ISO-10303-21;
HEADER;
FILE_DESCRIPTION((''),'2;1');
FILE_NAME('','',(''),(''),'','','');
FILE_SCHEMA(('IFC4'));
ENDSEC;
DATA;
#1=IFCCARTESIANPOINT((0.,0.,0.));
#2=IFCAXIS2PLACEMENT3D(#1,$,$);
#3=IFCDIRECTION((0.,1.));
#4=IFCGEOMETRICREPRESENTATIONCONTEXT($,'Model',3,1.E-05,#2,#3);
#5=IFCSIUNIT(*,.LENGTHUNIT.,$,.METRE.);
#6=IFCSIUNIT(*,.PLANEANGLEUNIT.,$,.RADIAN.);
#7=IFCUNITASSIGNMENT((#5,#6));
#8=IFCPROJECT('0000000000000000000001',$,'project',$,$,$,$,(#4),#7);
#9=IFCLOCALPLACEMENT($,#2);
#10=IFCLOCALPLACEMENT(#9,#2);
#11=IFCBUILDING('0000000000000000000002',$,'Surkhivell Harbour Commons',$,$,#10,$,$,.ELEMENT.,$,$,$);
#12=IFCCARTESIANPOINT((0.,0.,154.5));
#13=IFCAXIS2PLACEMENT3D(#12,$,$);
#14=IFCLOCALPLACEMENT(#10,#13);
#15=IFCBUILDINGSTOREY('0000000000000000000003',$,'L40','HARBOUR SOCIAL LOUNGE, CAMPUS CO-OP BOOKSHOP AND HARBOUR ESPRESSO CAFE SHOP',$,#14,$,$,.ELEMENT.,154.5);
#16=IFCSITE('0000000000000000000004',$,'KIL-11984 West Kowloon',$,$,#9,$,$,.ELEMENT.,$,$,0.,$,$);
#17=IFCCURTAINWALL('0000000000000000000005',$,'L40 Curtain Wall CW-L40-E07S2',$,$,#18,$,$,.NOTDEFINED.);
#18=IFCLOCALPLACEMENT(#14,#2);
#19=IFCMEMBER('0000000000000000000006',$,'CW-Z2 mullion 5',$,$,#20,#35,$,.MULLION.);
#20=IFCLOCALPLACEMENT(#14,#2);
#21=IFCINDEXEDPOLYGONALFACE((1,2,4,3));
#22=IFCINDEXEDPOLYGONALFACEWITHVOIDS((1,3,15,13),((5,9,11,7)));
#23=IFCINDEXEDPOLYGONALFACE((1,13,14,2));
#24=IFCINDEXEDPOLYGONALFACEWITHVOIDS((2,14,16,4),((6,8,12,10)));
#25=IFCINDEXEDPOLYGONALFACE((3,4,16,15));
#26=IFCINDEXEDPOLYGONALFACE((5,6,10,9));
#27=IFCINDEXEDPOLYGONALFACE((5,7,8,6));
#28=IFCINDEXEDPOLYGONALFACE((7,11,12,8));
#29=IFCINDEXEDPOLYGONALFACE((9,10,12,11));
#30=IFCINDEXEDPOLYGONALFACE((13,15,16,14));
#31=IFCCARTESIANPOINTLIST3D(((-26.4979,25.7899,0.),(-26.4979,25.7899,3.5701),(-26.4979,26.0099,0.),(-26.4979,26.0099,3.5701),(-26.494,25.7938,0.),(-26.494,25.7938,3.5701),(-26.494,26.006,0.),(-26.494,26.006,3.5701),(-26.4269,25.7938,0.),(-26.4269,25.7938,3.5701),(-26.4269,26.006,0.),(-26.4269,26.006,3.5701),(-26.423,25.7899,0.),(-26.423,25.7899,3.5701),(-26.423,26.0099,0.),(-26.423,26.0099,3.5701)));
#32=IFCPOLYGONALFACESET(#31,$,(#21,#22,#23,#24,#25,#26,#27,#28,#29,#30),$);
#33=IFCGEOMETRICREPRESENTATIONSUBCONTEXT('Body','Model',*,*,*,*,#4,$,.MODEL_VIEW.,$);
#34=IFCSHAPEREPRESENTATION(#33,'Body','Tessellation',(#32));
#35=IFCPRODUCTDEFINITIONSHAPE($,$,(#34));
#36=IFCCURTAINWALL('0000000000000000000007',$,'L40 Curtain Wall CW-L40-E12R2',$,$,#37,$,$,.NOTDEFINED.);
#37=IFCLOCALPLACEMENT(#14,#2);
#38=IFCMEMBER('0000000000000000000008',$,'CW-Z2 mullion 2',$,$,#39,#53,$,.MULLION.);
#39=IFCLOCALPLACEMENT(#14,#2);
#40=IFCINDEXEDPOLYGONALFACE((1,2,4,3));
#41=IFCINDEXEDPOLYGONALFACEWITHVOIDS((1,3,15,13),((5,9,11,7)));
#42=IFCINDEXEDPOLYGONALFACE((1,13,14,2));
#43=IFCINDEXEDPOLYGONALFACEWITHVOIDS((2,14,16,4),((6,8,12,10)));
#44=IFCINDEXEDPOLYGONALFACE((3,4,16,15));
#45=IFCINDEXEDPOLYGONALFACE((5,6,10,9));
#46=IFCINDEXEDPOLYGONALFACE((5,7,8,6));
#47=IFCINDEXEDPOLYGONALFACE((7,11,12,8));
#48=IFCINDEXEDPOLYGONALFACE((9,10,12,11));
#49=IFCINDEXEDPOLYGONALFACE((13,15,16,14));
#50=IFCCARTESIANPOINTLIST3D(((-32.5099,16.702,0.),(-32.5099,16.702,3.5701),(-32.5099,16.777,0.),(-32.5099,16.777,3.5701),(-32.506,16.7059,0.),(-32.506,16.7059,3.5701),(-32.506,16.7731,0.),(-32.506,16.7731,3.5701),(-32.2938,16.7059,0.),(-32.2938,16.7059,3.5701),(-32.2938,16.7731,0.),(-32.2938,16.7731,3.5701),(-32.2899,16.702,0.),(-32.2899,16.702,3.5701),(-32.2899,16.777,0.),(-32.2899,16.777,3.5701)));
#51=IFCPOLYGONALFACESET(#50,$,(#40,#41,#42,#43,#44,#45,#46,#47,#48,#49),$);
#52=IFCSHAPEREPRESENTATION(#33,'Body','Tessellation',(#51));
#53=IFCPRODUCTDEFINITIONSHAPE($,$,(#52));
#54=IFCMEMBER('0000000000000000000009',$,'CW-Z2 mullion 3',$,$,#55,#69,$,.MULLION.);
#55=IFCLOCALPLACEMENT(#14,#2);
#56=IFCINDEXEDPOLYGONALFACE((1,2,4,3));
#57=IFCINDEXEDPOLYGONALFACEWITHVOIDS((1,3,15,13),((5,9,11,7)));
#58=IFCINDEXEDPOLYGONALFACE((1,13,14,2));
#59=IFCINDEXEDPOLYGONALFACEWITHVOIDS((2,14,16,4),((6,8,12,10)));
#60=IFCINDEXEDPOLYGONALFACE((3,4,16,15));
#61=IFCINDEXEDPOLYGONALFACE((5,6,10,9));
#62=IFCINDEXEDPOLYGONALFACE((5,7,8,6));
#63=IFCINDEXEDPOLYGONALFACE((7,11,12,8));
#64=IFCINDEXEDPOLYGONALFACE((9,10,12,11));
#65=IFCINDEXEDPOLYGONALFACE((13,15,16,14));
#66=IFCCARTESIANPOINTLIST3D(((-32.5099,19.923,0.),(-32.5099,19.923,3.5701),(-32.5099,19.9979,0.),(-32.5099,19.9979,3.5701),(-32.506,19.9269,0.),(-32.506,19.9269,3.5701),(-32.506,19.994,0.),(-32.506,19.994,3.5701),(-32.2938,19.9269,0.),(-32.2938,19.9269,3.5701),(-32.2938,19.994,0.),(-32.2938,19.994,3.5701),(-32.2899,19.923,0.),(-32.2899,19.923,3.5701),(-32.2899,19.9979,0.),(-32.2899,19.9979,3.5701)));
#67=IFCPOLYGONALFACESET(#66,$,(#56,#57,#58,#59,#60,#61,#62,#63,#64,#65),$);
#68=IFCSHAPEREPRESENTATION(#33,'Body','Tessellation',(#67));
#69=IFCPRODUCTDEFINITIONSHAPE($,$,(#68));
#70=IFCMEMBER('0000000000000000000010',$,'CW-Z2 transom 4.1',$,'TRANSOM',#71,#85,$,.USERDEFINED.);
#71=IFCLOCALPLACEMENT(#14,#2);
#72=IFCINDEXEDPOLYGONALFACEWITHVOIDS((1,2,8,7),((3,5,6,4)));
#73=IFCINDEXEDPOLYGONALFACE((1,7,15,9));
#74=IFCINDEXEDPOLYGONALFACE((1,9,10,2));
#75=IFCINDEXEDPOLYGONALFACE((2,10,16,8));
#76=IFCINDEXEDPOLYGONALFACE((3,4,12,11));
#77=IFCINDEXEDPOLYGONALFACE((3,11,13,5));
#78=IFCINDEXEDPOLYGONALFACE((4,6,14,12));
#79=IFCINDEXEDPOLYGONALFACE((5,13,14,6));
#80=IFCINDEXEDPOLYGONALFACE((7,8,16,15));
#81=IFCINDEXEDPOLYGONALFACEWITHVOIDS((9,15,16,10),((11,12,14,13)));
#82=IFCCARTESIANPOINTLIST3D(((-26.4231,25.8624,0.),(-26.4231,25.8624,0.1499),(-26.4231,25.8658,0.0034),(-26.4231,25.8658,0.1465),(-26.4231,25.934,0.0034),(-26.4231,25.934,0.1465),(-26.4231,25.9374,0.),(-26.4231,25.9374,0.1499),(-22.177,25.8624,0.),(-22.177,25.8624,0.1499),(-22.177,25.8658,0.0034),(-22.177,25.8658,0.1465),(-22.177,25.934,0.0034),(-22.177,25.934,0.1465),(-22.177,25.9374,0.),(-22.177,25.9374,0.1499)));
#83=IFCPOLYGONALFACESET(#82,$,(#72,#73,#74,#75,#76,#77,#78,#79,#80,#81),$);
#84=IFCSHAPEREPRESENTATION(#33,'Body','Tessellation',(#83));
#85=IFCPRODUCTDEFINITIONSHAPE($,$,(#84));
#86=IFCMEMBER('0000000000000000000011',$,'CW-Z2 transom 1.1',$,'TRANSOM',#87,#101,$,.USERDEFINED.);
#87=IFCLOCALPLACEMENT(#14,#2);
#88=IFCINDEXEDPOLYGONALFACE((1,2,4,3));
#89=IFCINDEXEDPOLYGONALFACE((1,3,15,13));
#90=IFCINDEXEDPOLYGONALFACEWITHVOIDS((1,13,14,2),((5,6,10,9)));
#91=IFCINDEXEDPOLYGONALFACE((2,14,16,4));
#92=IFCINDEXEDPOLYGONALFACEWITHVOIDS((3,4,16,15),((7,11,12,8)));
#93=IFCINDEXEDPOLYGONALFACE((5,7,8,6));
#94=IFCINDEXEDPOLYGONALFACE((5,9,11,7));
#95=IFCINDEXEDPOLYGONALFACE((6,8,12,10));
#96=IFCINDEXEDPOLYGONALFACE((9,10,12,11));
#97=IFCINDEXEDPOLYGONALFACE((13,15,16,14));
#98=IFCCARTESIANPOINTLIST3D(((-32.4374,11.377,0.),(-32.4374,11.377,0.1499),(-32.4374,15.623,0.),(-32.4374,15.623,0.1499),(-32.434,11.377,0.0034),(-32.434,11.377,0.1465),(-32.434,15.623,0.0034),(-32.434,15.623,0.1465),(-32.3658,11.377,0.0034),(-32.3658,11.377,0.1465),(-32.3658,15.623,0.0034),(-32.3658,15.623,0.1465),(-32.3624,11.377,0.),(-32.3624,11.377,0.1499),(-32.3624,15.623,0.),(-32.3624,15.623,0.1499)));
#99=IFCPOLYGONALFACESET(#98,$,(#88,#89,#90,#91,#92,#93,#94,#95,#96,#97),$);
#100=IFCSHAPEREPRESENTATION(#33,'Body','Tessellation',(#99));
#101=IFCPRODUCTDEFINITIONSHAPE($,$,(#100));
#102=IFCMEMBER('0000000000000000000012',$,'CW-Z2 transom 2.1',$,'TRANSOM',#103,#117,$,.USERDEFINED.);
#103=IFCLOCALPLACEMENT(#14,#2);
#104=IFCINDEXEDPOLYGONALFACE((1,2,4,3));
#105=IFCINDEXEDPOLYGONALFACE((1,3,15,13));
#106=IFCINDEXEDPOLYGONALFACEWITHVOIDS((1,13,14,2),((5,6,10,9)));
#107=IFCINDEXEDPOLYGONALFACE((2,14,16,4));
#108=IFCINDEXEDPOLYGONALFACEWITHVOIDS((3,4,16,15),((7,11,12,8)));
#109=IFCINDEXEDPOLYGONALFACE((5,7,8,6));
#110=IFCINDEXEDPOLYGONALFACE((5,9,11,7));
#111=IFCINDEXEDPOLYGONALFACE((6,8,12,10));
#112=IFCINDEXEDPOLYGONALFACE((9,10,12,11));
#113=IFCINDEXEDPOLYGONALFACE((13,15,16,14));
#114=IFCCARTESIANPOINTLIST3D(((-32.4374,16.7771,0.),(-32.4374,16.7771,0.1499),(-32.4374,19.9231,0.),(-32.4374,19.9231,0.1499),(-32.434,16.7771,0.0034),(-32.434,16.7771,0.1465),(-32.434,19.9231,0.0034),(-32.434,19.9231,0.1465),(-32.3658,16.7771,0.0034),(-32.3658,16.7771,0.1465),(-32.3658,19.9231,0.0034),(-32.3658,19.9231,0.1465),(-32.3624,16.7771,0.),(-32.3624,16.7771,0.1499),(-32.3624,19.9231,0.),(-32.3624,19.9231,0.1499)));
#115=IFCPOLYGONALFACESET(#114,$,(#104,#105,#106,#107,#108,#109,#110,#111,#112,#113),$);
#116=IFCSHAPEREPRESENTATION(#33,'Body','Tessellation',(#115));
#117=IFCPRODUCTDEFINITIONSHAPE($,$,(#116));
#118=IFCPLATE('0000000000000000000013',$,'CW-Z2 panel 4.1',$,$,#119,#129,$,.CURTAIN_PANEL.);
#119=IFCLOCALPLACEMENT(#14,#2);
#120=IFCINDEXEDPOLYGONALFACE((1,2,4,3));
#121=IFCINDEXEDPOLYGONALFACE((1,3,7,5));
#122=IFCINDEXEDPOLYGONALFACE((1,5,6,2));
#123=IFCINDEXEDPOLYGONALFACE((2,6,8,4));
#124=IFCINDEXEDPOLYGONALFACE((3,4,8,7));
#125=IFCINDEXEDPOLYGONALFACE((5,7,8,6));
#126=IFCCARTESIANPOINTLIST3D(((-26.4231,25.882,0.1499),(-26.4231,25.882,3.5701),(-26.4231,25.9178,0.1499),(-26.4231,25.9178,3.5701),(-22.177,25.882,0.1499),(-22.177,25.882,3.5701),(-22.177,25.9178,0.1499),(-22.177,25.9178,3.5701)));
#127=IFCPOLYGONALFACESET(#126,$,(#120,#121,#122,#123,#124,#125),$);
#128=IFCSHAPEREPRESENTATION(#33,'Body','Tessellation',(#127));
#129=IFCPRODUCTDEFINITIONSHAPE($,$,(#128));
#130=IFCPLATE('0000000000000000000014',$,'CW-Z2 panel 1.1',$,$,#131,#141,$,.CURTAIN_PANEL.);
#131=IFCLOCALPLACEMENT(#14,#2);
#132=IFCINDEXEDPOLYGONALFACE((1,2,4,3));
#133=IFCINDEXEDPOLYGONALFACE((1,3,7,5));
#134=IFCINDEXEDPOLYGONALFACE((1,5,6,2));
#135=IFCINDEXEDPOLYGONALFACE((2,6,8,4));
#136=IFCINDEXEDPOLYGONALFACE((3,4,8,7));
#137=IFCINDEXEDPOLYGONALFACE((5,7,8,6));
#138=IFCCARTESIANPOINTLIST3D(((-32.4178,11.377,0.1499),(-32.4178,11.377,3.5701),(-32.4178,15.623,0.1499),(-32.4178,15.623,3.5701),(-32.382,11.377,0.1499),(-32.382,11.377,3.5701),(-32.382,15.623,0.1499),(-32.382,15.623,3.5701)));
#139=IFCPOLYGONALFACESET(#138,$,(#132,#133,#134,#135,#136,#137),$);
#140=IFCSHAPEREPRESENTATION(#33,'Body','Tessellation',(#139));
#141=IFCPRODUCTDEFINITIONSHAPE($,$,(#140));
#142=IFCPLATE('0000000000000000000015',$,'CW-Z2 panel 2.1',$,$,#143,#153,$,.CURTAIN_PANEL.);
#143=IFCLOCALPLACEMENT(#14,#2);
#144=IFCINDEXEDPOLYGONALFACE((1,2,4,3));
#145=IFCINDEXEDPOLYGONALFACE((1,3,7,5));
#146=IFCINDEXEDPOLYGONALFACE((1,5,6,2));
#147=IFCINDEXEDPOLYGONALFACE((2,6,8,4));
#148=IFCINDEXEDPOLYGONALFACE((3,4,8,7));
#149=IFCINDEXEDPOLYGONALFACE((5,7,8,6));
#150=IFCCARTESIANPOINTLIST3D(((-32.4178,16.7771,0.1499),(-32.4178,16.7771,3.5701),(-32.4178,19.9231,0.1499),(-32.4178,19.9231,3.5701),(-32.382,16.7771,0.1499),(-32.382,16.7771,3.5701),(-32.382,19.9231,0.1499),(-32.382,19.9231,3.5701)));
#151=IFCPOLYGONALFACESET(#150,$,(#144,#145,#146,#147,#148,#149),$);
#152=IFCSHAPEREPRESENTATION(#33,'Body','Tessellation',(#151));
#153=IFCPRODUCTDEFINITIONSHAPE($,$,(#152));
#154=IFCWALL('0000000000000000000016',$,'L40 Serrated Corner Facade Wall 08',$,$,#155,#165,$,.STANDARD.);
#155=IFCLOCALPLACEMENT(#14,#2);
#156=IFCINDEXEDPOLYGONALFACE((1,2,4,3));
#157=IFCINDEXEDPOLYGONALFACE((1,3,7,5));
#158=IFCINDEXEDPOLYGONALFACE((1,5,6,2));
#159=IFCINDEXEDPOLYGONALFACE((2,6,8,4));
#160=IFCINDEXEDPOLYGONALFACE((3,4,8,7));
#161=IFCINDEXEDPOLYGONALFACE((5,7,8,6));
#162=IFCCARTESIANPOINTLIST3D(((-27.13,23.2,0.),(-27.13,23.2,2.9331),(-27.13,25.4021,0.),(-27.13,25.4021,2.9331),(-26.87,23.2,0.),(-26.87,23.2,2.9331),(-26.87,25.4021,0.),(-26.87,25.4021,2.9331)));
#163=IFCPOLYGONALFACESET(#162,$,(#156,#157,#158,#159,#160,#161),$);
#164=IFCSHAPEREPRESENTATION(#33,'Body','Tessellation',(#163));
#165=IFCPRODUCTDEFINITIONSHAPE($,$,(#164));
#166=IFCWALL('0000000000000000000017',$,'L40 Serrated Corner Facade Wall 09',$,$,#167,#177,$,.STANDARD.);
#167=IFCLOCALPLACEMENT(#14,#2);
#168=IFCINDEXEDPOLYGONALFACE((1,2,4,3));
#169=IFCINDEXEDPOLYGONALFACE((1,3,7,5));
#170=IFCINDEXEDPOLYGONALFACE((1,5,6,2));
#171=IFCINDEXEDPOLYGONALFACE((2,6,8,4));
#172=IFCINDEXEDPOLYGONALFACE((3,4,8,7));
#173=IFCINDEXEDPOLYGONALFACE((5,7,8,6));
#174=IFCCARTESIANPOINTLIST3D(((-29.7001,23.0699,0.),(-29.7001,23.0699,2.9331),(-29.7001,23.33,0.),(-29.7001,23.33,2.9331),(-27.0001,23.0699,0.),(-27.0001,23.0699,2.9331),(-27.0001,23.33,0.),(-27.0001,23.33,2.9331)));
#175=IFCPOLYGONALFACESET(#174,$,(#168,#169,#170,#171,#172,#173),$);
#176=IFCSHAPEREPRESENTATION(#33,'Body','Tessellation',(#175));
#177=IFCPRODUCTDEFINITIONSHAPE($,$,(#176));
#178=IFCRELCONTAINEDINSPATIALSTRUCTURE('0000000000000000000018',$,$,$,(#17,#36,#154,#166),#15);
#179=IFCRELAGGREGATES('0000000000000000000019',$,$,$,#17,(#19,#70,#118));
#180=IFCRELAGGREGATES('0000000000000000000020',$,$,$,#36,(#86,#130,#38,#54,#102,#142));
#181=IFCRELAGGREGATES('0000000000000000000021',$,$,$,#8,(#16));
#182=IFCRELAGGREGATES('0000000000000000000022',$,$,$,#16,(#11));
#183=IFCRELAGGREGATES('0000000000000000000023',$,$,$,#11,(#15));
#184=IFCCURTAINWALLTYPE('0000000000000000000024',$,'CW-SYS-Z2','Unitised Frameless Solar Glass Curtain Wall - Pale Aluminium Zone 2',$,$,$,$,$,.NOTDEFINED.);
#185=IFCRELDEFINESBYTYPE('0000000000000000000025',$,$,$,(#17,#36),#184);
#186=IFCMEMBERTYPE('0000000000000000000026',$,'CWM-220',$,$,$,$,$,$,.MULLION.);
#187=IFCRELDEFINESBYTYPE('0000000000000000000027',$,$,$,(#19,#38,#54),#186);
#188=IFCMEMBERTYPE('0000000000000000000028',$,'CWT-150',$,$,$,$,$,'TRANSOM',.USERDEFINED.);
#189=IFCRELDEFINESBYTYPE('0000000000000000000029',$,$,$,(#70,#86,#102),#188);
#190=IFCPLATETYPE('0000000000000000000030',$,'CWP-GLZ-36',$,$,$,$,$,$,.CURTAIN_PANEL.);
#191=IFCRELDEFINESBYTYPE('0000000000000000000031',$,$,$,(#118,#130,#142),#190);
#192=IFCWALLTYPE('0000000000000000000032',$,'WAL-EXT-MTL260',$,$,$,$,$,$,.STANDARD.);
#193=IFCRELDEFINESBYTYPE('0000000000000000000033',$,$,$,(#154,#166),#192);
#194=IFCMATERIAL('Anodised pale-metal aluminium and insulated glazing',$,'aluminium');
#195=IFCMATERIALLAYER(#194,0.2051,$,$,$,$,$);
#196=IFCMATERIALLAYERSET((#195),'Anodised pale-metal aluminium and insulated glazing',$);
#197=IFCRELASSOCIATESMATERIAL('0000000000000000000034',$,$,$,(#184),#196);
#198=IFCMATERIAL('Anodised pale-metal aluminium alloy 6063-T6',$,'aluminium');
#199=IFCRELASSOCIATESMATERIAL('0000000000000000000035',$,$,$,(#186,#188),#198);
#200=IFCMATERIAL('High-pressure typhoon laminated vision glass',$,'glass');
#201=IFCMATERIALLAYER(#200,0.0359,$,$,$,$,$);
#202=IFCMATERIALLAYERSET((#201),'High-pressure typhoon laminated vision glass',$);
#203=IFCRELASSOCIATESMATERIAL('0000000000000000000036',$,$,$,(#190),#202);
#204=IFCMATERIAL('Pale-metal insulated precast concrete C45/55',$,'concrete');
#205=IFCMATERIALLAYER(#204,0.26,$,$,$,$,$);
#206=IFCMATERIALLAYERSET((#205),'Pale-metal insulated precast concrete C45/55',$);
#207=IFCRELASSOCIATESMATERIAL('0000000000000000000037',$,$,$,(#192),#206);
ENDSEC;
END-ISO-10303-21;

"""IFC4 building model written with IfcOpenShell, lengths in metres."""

from ifc_helpers import new_model, si_unit, direction, frame, frame_2d, origin, origin_2d, place, context, subcontext, project, spatial, rectangle, hollow_rectangle, extrude, material, layer, layer_set, material_profile, profile_set, type_object, element, aggregate, save


model = new_model("IFC4")

# Units and contexts
model_context = context("Model", 3, precision=1e-05, world=origin(), true_north=direction((0.0, 1.0)))
body_context = subcontext(model_context, "Body", "Model", "MODEL_VIEW")
ifc_project = project(units=[si_unit("LENGTHUNIT", "METRE"), si_unit("PLANEANGLEUNIT", "RADIAN")], contexts=[model_context])

# Site, building, storey
site_placement = place(None, origin())
site = spatial("IfcSite", under=ifc_project, at=site_placement, Name="KIL-11984 West Kowloon", CompositionType="ELEMENT", RefElevation=0.0)
building_placement = place(site_placement, origin())
building = spatial("IfcBuilding", under=site, at=building_placement, Name="Surkhivell Harbour Commons", CompositionType="ELEMENT")
storey_placement = place(building_placement, frame((0.0, 0.0, 154.5)))
storey = spatial("IfcBuildingStorey", under=building, at=storey_placement, Name="L40", Description="HARBOUR SOCIAL LOUNGE, CAMPUS CO-OP BOOKSHOP AND HARBOUR ESPRESSO CAFE SHOP", CompositionType="ELEMENT", Elevation=154.5)

# Curtain walls, members
ifc_material_1 = material(Name="Anodised pale-metal aluminium and insulated glazing", Category="aluminium")
ifc_layer_1 = layer(ifc_material_1, 0.2051)
ifc_layer_set_1 = layer_set([ifc_layer_1], Name="Anodised pale-metal aluminium and insulated glazing")
curtain_wall_type = type_object("IfcCurtainWallType", Name="CW-SYS-Z2", Description="Unitised Frameless Solar Glass Curtain Wall - Pale Aluminium Zone 2", PredefinedType="NOTDEFINED", material=ifc_layer_set_1)
curtain_wall_1_placement = place(storey_placement, origin())
curtain_wall_1 = element("IfcCurtainWall", 1, at=curtain_wall_1_placement, inside=storey, type_object=curtain_wall_type, Name="L40 Curtain Wall CW-L40-E07S2", PredefinedType="NOTDEFINED")
ifc_material_2 = material(Name="Anodised pale-metal aluminium alloy 6063-T6", Category="aluminium")
ifc_material_profile_1 = material_profile(ifc_material_2, hollow_rectangle(XDim=0.075, YDim=0.22, WallThickness=0.0039, at=origin_2d()), Name="ALU-MULL-75x220")
ifc_profile_set_1 = profile_set([ifc_material_profile_1], Name="Anodised pale-metal aluminium alloy 6063-T6")
member_type_1 = type_object("IfcMemberType", Name="CWM-220", PredefinedType="MULLION", material=ifc_profile_set_1)
member_1_placement = place(storey_placement, frame((-26.4604, 25.8999, 0.0), z_axis=(0.0, 0.0, 1.0), x_axis=(-1.0, 0.0, 0.0)))
member_1 = element("IfcMember", 2, at=member_1_placement, type_object=member_type_1, Name="CW-Z2 mullion 5", PredefinedType="MULLION", context=body_context, shape_type="SweptSolid", body=[
    extrude(hollow_rectangle(XDim=0.075, YDim=0.22, WallThickness=0.0039, at=origin_2d()), origin(), (0.0, 0.0, 1.0), 3.5701),
])
curtain_wall_2_placement = place(storey_placement, origin())
curtain_wall_2 = element("IfcCurtainWall", 3, at=curtain_wall_2_placement, inside=storey, type_object=curtain_wall_type, Name="L40 Curtain Wall CW-L40-E12R2", PredefinedType="NOTDEFINED")
member_2_placement = place(storey_placement, frame((-32.3999, 16.7395, 0.0), z_axis=(0.0, 0.0, 1.0), x_axis=(0.0, 1.0, 0.0)))
member_2 = element("IfcMember", 4, at=member_2_placement, type_object=member_type_1, Name="CW-Z2 mullion 2", PredefinedType="MULLION", context=body_context, shape_type="SweptSolid", body=[
    extrude(hollow_rectangle(XDim=0.075, YDim=0.22, WallThickness=0.0039, at=origin_2d()), origin(), (0.0, 0.0, 1.0), 3.5701),
])
member_3_placement = place(storey_placement, frame((-32.3999, 19.9604, 0.0), z_axis=(0.0, 0.0, 1.0), x_axis=(0.0, 1.0, 0.0)))
member_3 = element("IfcMember", 5, at=member_3_placement, type_object=member_type_1, Name="CW-Z2 mullion 3", PredefinedType="MULLION", context=body_context, shape_type="SweptSolid", body=[
    extrude(hollow_rectangle(XDim=0.075, YDim=0.22, WallThickness=0.0039, at=origin_2d()), origin(), (0.0, 0.0, 1.0), 3.5701),
])

# Members
ifc_material_profile_2 = material_profile(ifc_material_2, hollow_rectangle(XDim=0.075, YDim=0.1499, WallThickness=0.0034, at=origin_2d()), Name="ALU-TRAN-75x150")
ifc_profile_set_2 = profile_set([ifc_material_profile_2], Name="Anodised pale-metal aluminium alloy 6063-T6")
member_type_2 = type_object("IfcMemberType", Name="CWT-150", ElementType="TRANSOM", PredefinedType="USERDEFINED", material=ifc_profile_set_2)
member_4_placement = place(storey_placement, frame((-22.177, 25.8999, 0.075), z_axis=(-1.0, 0.0, 0.0), x_axis=(0.0, -1.0, 0.0)))
member_4 = element("IfcMember", 6, at=member_4_placement, type_object=member_type_2, Name="CW-Z2 transom 4.1", ObjectType="TRANSOM", PredefinedType="USERDEFINED", context=body_context, shape_type="SweptSolid", body=[
    extrude(hollow_rectangle(XDim=0.075, YDim=0.1499, WallThickness=0.0034, at=origin_2d()), origin(), (0.0, 0.0, 1.0), 4.2461),
])
member_5_placement = place(storey_placement, frame((-32.3999, 11.377, 0.075), z_axis=(0.0, 1.0, 0.0), x_axis=(-1.0, 0.0, 0.0)))
member_5 = element("IfcMember", 7, at=member_5_placement, type_object=member_type_2, Name="CW-Z2 transom 1.1", ObjectType="TRANSOM", PredefinedType="USERDEFINED", context=body_context, shape_type="SweptSolid", body=[
    extrude(hollow_rectangle(XDim=0.075, YDim=0.1499, WallThickness=0.0034, at=origin_2d()), origin(), (0.0, 0.0, 1.0), 4.2461),
])
member_6_placement = place(storey_placement, frame((-32.3999, 16.7771, 0.075), z_axis=(0.0, 1.0, 0.0), x_axis=(-1.0, 0.0, 0.0)))
member_6 = element("IfcMember", 8, at=member_6_placement, type_object=member_type_2, Name="CW-Z2 transom 2.1", ObjectType="TRANSOM", PredefinedType="USERDEFINED", context=body_context, shape_type="SweptSolid", body=[
    extrude(hollow_rectangle(XDim=0.075, YDim=0.1499, WallThickness=0.0034, at=origin_2d()), origin(), (0.0, 0.0, 1.0), 3.146),
])

# Plates
ifc_material_3 = material(Name="High-pressure typhoon laminated vision glass", Category="glass")
ifc_layer_2 = layer(ifc_material_3, 0.0359)
ifc_layer_set_2 = layer_set([ifc_layer_2], Name="High-pressure typhoon laminated vision glass")
plate_type = type_object("IfcPlateType", Name="CWP-GLZ-36", PredefinedType="CURTAIN_PANEL", material=ifc_layer_set_2)
plate_1_placement = place(storey_placement, frame((-22.177, 25.8999, 0.1499), z_axis=(0.0, 0.0, 1.0), x_axis=(-1.0, 0.0, 0.0)))
plate_1 = element("IfcPlate", 9, at=plate_1_placement, type_object=plate_type, Name="CW-Z2 panel 4.1", PredefinedType="CURTAIN_PANEL", context=body_context, shape_type="SweptSolid", body=[
    extrude(rectangle(XDim=4.2461, YDim=0.0359, at=frame_2d((2.123, 0.0))), origin(), (0.0, 0.0, 1.0), 3.4202),
])
aggregate(curtain_wall_1, [member_1, member_4, plate_1])
plate_2_placement = place(storey_placement, frame((-32.3999, 11.377, 0.1499), z_axis=(0.0, 0.0, 1.0), x_axis=(0.0, 1.0, 0.0)))
plate_2 = element("IfcPlate", 10, at=plate_2_placement, type_object=plate_type, Name="CW-Z2 panel 1.1", PredefinedType="CURTAIN_PANEL", context=body_context, shape_type="SweptSolid", body=[
    extrude(rectangle(XDim=4.2461, YDim=0.0359, at=frame_2d((2.123, 0.0))), origin(), (0.0, 0.0, 1.0), 3.4202),
])
plate_3_placement = place(storey_placement, frame((-32.3999, 16.7771, 0.1499), z_axis=(0.0, 0.0, 1.0), x_axis=(0.0, 1.0, 0.0)))
plate_3 = element("IfcPlate", 11, at=plate_3_placement, type_object=plate_type, Name="CW-Z2 panel 2.1", PredefinedType="CURTAIN_PANEL", context=body_context, shape_type="SweptSolid", body=[
    extrude(rectangle(XDim=3.146, YDim=0.0359, at=frame_2d((1.573, 0.0))), origin(), (0.0, 0.0, 1.0), 3.4202),
])
aggregate(curtain_wall_2, [member_5, plate_2, member_2, member_3, member_6, plate_3])

# Walls
ifc_material_4 = material(Name="Pale-metal insulated precast concrete C45/55", Category="concrete")
ifc_layer_3 = layer(ifc_material_4, 0.26)
ifc_layer_set_3 = layer_set([ifc_layer_3], Name="Pale-metal insulated precast concrete C45/55")
wall_type = type_object("IfcWallType", Name="WAL-EXT-MTL260", PredefinedType="STANDARD", material=ifc_layer_set_3)
wall_1_placement = place(storey_placement, frame((-27.0, 25.4021, 0.0), z_axis=(0.0, 0.0, 1.0), x_axis=(0.0, -1.0, 0.0)))
element("IfcWall", 12, at=wall_1_placement, inside=storey, type_object=wall_type, Name="L40 Serrated Corner Facade Wall 08", PredefinedType="STANDARD", context=body_context, shape_type="SweptSolid", body=[
    extrude(rectangle(XDim=2.2021, YDim=0.26, at=frame_2d((1.1011, 0.0))), origin(), (0.0, 0.0, 1.0), 2.9331),
])
wall_2_placement = place(storey_placement, frame((-27.0, 23.2, 0.0), z_axis=(0.0, 0.0, 1.0), x_axis=(-1.0, 0.0, 0.0)))
element("IfcWall", 13, at=wall_2_placement, inside=storey, type_object=wall_type, Name="L40 Serrated Corner Facade Wall 09", PredefinedType="STANDARD", context=body_context, shape_type="SweptSolid", body=[
    extrude(rectangle(XDim=2.7, YDim=0.26, at=frame_2d((1.3501, 0.0))), origin(), (0.0, 0.0, 1.0), 2.9331),
])

save(model, "model.ifc")
